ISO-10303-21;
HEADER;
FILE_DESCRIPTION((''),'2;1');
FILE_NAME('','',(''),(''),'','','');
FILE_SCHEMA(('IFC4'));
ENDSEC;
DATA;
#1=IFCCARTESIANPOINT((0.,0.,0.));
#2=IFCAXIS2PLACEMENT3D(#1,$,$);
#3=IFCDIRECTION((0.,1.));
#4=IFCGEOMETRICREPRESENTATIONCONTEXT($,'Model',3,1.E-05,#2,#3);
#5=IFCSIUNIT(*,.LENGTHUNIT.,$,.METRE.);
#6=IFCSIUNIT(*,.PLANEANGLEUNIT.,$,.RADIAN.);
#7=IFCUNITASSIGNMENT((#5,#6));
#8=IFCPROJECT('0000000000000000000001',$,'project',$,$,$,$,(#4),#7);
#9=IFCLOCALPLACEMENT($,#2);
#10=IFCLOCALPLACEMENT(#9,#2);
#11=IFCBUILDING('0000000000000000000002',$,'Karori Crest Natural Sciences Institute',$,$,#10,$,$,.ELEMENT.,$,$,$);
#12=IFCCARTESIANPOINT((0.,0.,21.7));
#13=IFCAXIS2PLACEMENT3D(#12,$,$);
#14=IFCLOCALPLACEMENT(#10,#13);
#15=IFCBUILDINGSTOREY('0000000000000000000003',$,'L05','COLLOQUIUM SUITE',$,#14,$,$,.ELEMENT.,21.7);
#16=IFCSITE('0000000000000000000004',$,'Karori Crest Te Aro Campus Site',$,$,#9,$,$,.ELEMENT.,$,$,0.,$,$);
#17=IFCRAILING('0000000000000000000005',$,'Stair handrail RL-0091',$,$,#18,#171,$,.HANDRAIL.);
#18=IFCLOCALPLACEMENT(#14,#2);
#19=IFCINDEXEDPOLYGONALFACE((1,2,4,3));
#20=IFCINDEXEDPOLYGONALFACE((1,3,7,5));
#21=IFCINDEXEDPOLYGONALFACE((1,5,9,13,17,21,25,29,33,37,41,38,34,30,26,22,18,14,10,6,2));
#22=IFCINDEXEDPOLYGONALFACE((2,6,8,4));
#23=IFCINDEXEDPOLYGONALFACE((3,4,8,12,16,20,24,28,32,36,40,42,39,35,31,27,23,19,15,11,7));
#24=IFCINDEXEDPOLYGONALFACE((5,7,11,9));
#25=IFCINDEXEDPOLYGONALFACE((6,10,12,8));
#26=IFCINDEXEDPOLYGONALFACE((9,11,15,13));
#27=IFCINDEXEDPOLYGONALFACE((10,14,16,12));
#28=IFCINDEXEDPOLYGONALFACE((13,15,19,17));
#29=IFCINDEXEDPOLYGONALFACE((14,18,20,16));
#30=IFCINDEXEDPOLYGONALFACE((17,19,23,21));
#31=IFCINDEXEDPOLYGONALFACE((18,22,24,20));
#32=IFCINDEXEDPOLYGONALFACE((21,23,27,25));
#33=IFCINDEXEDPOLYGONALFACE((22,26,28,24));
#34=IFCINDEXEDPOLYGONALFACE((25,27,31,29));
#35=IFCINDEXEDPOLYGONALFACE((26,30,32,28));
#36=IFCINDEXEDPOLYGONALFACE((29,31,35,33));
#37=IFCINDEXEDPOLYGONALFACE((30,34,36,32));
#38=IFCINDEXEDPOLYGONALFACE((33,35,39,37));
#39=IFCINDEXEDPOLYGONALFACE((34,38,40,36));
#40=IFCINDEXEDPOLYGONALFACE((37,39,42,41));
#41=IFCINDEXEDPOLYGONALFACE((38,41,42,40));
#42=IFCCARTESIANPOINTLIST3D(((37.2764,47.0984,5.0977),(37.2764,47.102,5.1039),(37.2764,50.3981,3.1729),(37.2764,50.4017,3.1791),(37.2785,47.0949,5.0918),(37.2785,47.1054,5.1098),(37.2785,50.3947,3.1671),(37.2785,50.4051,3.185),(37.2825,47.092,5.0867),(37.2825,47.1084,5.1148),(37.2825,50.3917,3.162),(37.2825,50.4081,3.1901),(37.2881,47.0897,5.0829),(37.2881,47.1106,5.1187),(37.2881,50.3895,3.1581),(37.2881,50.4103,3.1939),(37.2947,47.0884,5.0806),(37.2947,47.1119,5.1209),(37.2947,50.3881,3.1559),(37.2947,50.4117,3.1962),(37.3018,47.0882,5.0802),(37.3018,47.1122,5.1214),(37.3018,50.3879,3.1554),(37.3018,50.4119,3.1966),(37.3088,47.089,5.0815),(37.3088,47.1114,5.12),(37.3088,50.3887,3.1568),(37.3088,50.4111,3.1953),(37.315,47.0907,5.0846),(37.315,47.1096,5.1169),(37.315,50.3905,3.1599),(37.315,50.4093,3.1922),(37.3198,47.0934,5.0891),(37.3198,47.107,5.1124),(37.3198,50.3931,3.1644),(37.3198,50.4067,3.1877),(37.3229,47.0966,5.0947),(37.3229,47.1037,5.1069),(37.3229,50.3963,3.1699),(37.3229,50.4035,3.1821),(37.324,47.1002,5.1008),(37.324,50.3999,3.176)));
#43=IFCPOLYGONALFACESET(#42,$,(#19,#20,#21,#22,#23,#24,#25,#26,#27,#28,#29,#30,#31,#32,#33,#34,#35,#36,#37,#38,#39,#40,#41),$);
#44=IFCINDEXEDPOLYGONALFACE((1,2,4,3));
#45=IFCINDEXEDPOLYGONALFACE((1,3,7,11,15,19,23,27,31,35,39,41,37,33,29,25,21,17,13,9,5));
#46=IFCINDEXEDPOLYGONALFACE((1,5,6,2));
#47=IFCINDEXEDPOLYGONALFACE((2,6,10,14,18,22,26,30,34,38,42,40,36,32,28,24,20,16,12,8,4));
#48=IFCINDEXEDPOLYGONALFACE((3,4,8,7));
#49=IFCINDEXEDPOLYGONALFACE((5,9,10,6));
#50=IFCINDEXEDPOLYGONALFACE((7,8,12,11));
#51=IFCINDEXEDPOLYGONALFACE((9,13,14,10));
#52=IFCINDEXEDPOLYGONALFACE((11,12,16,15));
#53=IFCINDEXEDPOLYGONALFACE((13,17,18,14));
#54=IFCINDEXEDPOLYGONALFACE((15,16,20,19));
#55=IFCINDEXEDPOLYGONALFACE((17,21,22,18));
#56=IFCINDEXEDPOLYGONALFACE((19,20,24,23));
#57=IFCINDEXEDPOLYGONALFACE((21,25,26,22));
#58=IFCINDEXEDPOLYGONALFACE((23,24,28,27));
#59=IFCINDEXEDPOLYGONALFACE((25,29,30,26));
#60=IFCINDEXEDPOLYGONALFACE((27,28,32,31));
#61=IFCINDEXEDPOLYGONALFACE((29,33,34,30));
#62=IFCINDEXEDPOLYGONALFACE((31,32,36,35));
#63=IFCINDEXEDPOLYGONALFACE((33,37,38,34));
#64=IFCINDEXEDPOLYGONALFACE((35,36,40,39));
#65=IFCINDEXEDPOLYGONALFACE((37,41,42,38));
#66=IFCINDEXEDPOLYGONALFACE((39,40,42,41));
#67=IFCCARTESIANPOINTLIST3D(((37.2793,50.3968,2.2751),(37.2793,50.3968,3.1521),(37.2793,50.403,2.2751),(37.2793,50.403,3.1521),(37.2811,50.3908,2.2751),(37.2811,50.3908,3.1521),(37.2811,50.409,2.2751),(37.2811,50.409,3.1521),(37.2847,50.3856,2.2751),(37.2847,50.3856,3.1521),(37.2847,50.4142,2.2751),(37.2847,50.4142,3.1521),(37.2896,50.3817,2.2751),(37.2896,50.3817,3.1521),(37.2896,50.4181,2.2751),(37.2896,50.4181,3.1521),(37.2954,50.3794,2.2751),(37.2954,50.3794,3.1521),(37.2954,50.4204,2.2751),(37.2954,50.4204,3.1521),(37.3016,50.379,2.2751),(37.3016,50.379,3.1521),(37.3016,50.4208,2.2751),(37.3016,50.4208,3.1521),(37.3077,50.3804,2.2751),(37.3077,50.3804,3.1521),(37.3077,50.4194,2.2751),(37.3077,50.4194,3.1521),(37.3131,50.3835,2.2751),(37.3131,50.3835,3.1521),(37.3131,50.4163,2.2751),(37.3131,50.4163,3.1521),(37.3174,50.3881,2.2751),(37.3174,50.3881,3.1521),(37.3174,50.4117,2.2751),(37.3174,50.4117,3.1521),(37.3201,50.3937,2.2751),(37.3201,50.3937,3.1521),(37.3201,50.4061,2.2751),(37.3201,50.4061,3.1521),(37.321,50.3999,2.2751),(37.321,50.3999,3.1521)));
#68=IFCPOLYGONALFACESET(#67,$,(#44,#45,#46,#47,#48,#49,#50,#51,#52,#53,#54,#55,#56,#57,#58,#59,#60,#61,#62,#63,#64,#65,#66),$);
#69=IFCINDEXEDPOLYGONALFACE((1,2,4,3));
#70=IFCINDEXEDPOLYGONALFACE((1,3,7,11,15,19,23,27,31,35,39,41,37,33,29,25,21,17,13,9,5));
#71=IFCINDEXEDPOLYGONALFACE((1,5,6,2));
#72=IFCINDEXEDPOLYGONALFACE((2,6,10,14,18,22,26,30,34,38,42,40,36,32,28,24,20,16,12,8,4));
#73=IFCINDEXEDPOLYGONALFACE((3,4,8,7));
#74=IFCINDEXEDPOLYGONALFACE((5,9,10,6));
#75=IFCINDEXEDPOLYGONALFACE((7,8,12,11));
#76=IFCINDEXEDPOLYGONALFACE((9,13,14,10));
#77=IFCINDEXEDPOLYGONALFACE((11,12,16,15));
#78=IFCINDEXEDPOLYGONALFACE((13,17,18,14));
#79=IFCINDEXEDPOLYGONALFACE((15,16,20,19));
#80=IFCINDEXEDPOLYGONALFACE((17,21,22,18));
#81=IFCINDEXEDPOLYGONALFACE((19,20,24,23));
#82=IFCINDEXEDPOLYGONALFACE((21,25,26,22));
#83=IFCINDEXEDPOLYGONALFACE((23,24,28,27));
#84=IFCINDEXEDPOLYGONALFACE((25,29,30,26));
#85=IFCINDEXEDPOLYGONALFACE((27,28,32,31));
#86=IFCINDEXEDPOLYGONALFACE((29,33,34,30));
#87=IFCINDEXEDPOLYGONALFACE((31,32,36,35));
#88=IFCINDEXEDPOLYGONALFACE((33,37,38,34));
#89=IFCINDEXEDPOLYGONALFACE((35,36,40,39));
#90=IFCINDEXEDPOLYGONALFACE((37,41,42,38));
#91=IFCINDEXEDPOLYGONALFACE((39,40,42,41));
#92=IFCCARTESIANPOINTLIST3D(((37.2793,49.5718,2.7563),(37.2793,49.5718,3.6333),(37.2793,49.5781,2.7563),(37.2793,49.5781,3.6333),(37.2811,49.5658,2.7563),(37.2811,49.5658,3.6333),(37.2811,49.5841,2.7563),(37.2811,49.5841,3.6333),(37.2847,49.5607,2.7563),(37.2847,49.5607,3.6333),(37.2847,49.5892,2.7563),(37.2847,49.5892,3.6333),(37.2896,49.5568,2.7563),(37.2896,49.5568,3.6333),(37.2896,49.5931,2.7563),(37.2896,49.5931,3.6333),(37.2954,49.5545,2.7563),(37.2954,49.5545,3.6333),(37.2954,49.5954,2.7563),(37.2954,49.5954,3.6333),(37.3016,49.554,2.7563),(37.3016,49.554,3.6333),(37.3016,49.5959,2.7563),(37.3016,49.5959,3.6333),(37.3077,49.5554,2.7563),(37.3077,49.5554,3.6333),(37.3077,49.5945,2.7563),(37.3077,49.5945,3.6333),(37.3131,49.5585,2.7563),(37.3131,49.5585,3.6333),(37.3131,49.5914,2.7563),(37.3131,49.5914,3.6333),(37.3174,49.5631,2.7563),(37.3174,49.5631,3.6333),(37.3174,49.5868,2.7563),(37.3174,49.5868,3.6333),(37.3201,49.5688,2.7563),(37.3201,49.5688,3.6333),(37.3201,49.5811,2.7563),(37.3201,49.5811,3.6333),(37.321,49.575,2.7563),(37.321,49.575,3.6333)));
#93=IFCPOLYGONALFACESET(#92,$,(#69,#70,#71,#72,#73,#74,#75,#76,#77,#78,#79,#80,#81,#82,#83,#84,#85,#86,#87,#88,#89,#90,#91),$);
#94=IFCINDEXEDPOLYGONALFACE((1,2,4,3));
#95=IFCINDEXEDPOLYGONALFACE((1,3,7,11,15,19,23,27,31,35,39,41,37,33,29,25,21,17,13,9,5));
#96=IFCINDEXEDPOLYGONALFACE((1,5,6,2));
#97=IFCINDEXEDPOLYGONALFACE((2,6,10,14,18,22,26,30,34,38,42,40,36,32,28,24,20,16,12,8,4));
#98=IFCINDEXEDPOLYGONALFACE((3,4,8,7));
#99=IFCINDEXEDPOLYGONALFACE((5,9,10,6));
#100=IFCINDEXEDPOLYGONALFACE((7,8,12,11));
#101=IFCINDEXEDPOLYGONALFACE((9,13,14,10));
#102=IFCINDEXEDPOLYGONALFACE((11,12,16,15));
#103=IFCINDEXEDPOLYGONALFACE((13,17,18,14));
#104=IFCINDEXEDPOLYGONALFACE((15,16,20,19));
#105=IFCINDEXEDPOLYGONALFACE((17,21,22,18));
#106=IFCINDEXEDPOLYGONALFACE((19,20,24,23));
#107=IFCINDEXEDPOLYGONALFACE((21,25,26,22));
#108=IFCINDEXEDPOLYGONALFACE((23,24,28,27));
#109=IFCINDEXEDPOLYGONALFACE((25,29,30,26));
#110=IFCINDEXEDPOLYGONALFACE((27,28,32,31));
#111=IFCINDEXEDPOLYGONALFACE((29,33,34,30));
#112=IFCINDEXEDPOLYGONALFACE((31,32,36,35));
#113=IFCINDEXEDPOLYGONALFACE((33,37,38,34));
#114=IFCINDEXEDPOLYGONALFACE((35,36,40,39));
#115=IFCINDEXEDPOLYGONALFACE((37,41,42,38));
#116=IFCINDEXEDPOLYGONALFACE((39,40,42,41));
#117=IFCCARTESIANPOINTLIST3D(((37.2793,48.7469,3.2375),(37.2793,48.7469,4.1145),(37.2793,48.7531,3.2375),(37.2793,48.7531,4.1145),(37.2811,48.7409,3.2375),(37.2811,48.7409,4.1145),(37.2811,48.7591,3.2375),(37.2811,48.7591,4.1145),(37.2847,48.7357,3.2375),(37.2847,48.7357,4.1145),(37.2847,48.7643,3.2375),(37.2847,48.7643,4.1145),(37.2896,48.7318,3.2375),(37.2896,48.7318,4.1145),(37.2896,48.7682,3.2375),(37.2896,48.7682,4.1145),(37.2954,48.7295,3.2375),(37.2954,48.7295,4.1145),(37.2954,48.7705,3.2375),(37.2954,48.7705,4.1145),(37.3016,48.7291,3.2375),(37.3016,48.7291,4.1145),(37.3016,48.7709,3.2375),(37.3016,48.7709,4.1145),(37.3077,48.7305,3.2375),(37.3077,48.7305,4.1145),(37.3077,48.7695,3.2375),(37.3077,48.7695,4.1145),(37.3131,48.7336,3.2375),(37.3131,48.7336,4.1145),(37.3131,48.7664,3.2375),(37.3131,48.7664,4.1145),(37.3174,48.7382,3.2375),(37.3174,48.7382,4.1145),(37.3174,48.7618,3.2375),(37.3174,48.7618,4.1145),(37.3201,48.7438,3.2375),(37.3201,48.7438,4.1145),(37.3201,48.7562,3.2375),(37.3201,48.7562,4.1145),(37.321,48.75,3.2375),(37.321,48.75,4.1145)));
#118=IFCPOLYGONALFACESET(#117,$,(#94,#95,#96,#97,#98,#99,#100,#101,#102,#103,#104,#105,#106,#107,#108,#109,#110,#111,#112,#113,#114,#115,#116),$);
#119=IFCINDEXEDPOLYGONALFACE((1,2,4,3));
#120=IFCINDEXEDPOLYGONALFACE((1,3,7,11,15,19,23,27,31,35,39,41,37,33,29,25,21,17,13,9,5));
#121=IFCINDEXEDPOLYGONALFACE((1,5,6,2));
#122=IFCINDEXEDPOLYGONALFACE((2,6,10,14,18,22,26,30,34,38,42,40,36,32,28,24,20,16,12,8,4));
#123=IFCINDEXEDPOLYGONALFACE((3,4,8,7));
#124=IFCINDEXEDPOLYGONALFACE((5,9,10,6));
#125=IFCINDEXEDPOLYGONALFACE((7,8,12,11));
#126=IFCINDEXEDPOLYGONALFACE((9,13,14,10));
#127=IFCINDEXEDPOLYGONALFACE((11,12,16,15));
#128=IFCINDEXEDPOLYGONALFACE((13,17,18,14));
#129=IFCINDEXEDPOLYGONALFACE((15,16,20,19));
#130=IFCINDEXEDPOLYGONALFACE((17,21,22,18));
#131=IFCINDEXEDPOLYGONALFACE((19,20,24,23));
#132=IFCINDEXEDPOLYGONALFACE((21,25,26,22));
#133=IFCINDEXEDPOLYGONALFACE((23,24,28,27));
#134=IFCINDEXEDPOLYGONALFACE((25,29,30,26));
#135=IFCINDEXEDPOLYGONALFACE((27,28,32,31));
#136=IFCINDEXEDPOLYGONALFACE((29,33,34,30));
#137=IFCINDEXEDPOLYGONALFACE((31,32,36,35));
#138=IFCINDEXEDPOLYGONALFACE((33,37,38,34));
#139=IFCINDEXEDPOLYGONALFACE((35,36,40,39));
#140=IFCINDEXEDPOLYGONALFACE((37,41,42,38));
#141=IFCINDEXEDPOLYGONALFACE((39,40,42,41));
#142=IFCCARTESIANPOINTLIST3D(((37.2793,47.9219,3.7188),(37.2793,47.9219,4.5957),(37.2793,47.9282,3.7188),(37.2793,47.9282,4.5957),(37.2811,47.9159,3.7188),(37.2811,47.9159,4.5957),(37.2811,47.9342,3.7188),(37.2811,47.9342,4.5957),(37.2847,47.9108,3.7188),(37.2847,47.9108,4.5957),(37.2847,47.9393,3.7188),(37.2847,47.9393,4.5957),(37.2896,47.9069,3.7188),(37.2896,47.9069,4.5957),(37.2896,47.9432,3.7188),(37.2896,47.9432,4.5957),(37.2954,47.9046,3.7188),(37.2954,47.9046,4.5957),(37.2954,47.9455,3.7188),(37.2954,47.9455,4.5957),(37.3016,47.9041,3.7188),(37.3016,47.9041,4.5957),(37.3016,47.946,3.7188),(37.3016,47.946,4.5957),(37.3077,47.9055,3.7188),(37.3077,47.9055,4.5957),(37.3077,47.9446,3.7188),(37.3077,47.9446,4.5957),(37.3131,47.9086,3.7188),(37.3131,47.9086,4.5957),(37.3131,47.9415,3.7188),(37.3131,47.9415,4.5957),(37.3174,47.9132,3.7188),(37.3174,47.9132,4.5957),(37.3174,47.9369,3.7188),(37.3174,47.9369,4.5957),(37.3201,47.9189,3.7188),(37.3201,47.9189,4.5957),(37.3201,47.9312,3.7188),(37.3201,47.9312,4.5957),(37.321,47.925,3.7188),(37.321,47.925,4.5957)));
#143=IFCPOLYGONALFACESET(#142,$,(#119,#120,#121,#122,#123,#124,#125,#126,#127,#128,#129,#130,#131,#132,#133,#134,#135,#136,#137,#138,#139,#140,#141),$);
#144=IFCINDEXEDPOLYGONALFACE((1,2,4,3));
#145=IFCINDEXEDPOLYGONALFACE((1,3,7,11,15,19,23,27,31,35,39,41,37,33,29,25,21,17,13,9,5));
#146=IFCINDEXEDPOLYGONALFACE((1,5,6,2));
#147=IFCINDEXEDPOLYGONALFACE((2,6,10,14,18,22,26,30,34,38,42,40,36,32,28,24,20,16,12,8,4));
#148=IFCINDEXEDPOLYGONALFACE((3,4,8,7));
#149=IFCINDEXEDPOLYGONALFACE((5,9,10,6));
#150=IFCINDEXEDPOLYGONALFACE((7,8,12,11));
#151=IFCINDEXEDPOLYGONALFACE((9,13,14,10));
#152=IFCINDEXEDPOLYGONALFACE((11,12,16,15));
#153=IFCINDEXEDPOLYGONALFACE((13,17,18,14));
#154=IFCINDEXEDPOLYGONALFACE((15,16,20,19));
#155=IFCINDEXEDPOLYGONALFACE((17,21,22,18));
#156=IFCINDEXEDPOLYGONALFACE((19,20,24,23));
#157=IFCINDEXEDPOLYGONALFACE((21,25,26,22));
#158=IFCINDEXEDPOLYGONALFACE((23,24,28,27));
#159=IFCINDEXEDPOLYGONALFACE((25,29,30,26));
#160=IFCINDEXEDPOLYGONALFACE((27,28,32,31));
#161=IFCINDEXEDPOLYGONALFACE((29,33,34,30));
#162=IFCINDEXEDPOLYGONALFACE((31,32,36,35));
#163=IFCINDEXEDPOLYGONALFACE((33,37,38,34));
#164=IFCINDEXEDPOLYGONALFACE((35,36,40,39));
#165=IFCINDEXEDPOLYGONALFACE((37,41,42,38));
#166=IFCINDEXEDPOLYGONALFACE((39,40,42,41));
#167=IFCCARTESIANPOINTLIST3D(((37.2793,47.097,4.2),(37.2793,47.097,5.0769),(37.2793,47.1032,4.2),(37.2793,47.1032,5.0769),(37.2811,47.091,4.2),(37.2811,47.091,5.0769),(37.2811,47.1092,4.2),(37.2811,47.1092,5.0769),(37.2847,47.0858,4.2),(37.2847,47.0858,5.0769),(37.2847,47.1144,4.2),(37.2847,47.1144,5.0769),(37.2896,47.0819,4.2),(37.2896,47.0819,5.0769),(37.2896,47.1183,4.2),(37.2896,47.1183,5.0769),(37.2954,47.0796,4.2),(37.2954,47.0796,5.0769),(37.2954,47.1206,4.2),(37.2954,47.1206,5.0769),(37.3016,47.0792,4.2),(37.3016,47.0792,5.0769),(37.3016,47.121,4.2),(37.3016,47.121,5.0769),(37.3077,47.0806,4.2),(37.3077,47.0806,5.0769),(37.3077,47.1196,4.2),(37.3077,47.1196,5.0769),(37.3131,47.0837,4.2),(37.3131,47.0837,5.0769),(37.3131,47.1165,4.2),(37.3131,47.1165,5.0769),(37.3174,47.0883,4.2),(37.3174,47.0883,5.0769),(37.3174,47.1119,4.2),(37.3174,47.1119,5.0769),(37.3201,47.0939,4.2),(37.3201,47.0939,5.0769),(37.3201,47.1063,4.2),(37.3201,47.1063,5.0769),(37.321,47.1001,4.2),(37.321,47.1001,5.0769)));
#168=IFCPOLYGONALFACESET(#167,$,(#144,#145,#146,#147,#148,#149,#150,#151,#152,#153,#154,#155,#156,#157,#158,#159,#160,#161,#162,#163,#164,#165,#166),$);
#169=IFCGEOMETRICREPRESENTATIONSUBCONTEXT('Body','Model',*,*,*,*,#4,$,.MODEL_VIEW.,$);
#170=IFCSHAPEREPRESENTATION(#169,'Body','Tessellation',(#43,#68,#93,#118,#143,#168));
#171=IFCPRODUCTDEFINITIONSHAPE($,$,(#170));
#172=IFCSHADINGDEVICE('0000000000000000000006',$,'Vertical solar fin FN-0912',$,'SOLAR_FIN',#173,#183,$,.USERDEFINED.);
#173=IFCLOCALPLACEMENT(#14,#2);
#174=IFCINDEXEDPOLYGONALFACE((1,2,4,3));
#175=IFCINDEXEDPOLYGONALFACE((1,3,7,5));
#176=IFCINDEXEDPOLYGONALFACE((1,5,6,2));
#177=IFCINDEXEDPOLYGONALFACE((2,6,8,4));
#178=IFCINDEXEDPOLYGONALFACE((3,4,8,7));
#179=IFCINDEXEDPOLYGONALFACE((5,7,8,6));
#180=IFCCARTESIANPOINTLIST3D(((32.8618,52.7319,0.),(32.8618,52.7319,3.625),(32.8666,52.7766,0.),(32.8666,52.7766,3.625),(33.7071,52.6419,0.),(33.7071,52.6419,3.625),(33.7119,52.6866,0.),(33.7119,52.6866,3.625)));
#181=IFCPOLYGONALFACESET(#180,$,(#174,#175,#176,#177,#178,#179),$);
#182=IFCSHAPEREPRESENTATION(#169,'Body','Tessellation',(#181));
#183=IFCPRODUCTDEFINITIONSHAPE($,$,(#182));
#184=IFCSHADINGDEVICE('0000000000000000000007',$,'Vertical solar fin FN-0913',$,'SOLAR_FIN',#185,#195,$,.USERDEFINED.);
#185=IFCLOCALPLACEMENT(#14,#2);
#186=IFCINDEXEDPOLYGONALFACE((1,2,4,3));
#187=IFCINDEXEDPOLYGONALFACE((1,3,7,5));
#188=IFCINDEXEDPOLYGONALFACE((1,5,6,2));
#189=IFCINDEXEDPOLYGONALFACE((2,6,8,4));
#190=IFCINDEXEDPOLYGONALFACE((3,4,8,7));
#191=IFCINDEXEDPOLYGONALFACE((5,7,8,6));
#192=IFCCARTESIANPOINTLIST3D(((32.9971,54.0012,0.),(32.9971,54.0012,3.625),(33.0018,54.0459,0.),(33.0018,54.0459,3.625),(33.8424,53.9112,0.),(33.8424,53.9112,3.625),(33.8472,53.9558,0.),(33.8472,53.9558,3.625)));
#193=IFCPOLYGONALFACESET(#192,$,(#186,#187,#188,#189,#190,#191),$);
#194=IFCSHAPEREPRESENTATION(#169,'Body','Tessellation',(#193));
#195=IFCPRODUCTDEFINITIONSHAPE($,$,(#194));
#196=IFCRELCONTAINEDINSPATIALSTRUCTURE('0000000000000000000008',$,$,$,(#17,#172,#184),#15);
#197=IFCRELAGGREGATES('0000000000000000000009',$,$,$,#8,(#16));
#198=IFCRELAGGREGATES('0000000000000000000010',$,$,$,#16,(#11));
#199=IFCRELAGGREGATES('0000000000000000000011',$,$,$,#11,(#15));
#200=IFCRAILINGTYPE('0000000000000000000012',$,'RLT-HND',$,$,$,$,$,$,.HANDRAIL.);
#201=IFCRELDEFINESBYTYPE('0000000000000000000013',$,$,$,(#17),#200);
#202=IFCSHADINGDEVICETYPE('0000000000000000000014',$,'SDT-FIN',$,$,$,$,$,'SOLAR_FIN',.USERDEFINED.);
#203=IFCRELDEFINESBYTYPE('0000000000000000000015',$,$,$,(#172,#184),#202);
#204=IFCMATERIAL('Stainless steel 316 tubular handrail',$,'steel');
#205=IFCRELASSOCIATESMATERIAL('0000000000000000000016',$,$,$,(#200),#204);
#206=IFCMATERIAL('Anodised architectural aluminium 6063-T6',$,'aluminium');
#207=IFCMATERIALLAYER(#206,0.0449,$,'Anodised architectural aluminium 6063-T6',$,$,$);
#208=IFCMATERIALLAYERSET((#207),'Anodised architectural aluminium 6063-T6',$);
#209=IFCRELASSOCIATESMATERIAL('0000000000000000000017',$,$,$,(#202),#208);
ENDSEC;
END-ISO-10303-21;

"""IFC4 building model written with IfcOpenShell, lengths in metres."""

from ifc_helpers import new_model, si_unit, direction, frame, origin, origin_2d, place, context, subcontext, project, spatial, rectangle, circle, extrude, material, layer, layer_set, type_object, element, save


model = new_model("IFC4")

# Units and contexts
model_context = context("Model", 3, precision=1e-05, world=origin(), true_north=direction((0.0, 1.0)))
body_context = subcontext(model_context, "Body", "Model", "MODEL_VIEW")
ifc_project = project(units=[si_unit("LENGTHUNIT", "METRE"), si_unit("PLANEANGLEUNIT", "RADIAN")], contexts=[model_context])

# Site, building, storey
site_placement = place(None, origin())
site = spatial("IfcSite", under=ifc_project, at=site_placement, Name="Karori Crest Te Aro Campus Site", CompositionType="ELEMENT", RefElevation=0.0)
building_placement = place(site_placement, origin())
building = spatial("IfcBuilding", under=site, at=building_placement, Name="Karori Crest Natural Sciences Institute", CompositionType="ELEMENT")
storey_placement = place(building_placement, frame((0.0, 0.0, 21.7)))
storey = spatial("IfcBuildingStorey", under=building, at=storey_placement, Name="L05", Description="COLLOQUIUM SUITE", CompositionType="ELEMENT", Elevation=21.7)

# Shared definitions
ifc_material_1 = material(Name="Anodised architectural aluminium 6063-T6", Category="aluminium")

# Railing
ifc_material_2 = material(Name="Stainless steel 316 tubular handrail", Category="steel")
railing_type = type_object("IfcRailingType", Name="RLT-HND", PredefinedType="HANDRAIL", material=ifc_material_2)
railing_placement = place(storey_placement, frame((37.3, 50.3999, 2.2751)))
element("IfcRailing", 1, at=railing_placement, inside=storey, type_object=railing_type, Name="Stair handrail RL-0091", PredefinedType="HANDRAIL", context=body_context, shape_type="SweptSolid", body=[
    extrude(circle(Radius=0.0239, at=origin_2d()), frame((0.0, 0.0, 0.9009), z_axis=(0.0, -0.863788, 0.503855), x_axis=(1.0, 0.0, 0.0)), (0.0, 0.0, 1.0), 3.8201),
    extrude(circle(Radius=0.021, at=origin_2d()), origin(), (0.0, 0.0, 1.0), 0.877),
    extrude(circle(Radius=0.021, at=origin_2d()), frame((0.0, -0.825, 0.4812)), (0.0, 0.0, 1.0), 0.877),
    extrude(circle(Radius=0.021, at=origin_2d()), frame((0.0, -1.6499, 0.9624)), (0.0, 0.0, 1.0), 0.877),
    extrude(circle(Radius=0.021, at=origin_2d()), frame((0.0, -2.4749, 1.4436)), (0.0, 0.0, 1.0), 0.877),
    extrude(circle(Radius=0.021, at=origin_2d()), frame((0.0, -3.2998, 1.9248)), (0.0, 0.0, 1.0), 0.877),
])

# Shading devices
ifc_layer_1 = layer(ifc_material_1, 0.0449, Name="Anodised architectural aluminium 6063-T6")
ifc_layer_set_1 = layer_set([ifc_layer_1], Name="Anodised architectural aluminium 6063-T6")
shading_device_type = type_object("IfcShadingDeviceType", Name="SDT-FIN", ElementType="SOLAR_FIN", PredefinedType="USERDEFINED", material=ifc_layer_set_1)
for number, where, z_axis, x_axis, name in (
    (2, (33.2869, 52.7092, 0.0), (0.0, 0.0, 1.0), (-0.994378, 0.105886, 0.0), "Vertical solar fin FN-0912"),
    (3, (33.4221, 53.9785, 0.0), (0.0, 0.0, 1.0), (-0.994378, 0.105886, 0.0), "Vertical solar fin FN-0913"),
):
    element("IfcShadingDevice", number, at=place(storey_placement, frame(where, z_axis=z_axis, x_axis=x_axis)), inside=storey, type_object=shading_device_type, Name=name, ObjectType="SOLAR_FIN", PredefinedType="USERDEFINED", context=body_context, shape_type="SweptSolid", body=[
        extrude(rectangle(XDim=0.8501, YDim=0.0449, at=origin_2d()), origin(), (0.0, 0.0, 1.0), 3.625),
    ])

save(model, "model.ifc")
